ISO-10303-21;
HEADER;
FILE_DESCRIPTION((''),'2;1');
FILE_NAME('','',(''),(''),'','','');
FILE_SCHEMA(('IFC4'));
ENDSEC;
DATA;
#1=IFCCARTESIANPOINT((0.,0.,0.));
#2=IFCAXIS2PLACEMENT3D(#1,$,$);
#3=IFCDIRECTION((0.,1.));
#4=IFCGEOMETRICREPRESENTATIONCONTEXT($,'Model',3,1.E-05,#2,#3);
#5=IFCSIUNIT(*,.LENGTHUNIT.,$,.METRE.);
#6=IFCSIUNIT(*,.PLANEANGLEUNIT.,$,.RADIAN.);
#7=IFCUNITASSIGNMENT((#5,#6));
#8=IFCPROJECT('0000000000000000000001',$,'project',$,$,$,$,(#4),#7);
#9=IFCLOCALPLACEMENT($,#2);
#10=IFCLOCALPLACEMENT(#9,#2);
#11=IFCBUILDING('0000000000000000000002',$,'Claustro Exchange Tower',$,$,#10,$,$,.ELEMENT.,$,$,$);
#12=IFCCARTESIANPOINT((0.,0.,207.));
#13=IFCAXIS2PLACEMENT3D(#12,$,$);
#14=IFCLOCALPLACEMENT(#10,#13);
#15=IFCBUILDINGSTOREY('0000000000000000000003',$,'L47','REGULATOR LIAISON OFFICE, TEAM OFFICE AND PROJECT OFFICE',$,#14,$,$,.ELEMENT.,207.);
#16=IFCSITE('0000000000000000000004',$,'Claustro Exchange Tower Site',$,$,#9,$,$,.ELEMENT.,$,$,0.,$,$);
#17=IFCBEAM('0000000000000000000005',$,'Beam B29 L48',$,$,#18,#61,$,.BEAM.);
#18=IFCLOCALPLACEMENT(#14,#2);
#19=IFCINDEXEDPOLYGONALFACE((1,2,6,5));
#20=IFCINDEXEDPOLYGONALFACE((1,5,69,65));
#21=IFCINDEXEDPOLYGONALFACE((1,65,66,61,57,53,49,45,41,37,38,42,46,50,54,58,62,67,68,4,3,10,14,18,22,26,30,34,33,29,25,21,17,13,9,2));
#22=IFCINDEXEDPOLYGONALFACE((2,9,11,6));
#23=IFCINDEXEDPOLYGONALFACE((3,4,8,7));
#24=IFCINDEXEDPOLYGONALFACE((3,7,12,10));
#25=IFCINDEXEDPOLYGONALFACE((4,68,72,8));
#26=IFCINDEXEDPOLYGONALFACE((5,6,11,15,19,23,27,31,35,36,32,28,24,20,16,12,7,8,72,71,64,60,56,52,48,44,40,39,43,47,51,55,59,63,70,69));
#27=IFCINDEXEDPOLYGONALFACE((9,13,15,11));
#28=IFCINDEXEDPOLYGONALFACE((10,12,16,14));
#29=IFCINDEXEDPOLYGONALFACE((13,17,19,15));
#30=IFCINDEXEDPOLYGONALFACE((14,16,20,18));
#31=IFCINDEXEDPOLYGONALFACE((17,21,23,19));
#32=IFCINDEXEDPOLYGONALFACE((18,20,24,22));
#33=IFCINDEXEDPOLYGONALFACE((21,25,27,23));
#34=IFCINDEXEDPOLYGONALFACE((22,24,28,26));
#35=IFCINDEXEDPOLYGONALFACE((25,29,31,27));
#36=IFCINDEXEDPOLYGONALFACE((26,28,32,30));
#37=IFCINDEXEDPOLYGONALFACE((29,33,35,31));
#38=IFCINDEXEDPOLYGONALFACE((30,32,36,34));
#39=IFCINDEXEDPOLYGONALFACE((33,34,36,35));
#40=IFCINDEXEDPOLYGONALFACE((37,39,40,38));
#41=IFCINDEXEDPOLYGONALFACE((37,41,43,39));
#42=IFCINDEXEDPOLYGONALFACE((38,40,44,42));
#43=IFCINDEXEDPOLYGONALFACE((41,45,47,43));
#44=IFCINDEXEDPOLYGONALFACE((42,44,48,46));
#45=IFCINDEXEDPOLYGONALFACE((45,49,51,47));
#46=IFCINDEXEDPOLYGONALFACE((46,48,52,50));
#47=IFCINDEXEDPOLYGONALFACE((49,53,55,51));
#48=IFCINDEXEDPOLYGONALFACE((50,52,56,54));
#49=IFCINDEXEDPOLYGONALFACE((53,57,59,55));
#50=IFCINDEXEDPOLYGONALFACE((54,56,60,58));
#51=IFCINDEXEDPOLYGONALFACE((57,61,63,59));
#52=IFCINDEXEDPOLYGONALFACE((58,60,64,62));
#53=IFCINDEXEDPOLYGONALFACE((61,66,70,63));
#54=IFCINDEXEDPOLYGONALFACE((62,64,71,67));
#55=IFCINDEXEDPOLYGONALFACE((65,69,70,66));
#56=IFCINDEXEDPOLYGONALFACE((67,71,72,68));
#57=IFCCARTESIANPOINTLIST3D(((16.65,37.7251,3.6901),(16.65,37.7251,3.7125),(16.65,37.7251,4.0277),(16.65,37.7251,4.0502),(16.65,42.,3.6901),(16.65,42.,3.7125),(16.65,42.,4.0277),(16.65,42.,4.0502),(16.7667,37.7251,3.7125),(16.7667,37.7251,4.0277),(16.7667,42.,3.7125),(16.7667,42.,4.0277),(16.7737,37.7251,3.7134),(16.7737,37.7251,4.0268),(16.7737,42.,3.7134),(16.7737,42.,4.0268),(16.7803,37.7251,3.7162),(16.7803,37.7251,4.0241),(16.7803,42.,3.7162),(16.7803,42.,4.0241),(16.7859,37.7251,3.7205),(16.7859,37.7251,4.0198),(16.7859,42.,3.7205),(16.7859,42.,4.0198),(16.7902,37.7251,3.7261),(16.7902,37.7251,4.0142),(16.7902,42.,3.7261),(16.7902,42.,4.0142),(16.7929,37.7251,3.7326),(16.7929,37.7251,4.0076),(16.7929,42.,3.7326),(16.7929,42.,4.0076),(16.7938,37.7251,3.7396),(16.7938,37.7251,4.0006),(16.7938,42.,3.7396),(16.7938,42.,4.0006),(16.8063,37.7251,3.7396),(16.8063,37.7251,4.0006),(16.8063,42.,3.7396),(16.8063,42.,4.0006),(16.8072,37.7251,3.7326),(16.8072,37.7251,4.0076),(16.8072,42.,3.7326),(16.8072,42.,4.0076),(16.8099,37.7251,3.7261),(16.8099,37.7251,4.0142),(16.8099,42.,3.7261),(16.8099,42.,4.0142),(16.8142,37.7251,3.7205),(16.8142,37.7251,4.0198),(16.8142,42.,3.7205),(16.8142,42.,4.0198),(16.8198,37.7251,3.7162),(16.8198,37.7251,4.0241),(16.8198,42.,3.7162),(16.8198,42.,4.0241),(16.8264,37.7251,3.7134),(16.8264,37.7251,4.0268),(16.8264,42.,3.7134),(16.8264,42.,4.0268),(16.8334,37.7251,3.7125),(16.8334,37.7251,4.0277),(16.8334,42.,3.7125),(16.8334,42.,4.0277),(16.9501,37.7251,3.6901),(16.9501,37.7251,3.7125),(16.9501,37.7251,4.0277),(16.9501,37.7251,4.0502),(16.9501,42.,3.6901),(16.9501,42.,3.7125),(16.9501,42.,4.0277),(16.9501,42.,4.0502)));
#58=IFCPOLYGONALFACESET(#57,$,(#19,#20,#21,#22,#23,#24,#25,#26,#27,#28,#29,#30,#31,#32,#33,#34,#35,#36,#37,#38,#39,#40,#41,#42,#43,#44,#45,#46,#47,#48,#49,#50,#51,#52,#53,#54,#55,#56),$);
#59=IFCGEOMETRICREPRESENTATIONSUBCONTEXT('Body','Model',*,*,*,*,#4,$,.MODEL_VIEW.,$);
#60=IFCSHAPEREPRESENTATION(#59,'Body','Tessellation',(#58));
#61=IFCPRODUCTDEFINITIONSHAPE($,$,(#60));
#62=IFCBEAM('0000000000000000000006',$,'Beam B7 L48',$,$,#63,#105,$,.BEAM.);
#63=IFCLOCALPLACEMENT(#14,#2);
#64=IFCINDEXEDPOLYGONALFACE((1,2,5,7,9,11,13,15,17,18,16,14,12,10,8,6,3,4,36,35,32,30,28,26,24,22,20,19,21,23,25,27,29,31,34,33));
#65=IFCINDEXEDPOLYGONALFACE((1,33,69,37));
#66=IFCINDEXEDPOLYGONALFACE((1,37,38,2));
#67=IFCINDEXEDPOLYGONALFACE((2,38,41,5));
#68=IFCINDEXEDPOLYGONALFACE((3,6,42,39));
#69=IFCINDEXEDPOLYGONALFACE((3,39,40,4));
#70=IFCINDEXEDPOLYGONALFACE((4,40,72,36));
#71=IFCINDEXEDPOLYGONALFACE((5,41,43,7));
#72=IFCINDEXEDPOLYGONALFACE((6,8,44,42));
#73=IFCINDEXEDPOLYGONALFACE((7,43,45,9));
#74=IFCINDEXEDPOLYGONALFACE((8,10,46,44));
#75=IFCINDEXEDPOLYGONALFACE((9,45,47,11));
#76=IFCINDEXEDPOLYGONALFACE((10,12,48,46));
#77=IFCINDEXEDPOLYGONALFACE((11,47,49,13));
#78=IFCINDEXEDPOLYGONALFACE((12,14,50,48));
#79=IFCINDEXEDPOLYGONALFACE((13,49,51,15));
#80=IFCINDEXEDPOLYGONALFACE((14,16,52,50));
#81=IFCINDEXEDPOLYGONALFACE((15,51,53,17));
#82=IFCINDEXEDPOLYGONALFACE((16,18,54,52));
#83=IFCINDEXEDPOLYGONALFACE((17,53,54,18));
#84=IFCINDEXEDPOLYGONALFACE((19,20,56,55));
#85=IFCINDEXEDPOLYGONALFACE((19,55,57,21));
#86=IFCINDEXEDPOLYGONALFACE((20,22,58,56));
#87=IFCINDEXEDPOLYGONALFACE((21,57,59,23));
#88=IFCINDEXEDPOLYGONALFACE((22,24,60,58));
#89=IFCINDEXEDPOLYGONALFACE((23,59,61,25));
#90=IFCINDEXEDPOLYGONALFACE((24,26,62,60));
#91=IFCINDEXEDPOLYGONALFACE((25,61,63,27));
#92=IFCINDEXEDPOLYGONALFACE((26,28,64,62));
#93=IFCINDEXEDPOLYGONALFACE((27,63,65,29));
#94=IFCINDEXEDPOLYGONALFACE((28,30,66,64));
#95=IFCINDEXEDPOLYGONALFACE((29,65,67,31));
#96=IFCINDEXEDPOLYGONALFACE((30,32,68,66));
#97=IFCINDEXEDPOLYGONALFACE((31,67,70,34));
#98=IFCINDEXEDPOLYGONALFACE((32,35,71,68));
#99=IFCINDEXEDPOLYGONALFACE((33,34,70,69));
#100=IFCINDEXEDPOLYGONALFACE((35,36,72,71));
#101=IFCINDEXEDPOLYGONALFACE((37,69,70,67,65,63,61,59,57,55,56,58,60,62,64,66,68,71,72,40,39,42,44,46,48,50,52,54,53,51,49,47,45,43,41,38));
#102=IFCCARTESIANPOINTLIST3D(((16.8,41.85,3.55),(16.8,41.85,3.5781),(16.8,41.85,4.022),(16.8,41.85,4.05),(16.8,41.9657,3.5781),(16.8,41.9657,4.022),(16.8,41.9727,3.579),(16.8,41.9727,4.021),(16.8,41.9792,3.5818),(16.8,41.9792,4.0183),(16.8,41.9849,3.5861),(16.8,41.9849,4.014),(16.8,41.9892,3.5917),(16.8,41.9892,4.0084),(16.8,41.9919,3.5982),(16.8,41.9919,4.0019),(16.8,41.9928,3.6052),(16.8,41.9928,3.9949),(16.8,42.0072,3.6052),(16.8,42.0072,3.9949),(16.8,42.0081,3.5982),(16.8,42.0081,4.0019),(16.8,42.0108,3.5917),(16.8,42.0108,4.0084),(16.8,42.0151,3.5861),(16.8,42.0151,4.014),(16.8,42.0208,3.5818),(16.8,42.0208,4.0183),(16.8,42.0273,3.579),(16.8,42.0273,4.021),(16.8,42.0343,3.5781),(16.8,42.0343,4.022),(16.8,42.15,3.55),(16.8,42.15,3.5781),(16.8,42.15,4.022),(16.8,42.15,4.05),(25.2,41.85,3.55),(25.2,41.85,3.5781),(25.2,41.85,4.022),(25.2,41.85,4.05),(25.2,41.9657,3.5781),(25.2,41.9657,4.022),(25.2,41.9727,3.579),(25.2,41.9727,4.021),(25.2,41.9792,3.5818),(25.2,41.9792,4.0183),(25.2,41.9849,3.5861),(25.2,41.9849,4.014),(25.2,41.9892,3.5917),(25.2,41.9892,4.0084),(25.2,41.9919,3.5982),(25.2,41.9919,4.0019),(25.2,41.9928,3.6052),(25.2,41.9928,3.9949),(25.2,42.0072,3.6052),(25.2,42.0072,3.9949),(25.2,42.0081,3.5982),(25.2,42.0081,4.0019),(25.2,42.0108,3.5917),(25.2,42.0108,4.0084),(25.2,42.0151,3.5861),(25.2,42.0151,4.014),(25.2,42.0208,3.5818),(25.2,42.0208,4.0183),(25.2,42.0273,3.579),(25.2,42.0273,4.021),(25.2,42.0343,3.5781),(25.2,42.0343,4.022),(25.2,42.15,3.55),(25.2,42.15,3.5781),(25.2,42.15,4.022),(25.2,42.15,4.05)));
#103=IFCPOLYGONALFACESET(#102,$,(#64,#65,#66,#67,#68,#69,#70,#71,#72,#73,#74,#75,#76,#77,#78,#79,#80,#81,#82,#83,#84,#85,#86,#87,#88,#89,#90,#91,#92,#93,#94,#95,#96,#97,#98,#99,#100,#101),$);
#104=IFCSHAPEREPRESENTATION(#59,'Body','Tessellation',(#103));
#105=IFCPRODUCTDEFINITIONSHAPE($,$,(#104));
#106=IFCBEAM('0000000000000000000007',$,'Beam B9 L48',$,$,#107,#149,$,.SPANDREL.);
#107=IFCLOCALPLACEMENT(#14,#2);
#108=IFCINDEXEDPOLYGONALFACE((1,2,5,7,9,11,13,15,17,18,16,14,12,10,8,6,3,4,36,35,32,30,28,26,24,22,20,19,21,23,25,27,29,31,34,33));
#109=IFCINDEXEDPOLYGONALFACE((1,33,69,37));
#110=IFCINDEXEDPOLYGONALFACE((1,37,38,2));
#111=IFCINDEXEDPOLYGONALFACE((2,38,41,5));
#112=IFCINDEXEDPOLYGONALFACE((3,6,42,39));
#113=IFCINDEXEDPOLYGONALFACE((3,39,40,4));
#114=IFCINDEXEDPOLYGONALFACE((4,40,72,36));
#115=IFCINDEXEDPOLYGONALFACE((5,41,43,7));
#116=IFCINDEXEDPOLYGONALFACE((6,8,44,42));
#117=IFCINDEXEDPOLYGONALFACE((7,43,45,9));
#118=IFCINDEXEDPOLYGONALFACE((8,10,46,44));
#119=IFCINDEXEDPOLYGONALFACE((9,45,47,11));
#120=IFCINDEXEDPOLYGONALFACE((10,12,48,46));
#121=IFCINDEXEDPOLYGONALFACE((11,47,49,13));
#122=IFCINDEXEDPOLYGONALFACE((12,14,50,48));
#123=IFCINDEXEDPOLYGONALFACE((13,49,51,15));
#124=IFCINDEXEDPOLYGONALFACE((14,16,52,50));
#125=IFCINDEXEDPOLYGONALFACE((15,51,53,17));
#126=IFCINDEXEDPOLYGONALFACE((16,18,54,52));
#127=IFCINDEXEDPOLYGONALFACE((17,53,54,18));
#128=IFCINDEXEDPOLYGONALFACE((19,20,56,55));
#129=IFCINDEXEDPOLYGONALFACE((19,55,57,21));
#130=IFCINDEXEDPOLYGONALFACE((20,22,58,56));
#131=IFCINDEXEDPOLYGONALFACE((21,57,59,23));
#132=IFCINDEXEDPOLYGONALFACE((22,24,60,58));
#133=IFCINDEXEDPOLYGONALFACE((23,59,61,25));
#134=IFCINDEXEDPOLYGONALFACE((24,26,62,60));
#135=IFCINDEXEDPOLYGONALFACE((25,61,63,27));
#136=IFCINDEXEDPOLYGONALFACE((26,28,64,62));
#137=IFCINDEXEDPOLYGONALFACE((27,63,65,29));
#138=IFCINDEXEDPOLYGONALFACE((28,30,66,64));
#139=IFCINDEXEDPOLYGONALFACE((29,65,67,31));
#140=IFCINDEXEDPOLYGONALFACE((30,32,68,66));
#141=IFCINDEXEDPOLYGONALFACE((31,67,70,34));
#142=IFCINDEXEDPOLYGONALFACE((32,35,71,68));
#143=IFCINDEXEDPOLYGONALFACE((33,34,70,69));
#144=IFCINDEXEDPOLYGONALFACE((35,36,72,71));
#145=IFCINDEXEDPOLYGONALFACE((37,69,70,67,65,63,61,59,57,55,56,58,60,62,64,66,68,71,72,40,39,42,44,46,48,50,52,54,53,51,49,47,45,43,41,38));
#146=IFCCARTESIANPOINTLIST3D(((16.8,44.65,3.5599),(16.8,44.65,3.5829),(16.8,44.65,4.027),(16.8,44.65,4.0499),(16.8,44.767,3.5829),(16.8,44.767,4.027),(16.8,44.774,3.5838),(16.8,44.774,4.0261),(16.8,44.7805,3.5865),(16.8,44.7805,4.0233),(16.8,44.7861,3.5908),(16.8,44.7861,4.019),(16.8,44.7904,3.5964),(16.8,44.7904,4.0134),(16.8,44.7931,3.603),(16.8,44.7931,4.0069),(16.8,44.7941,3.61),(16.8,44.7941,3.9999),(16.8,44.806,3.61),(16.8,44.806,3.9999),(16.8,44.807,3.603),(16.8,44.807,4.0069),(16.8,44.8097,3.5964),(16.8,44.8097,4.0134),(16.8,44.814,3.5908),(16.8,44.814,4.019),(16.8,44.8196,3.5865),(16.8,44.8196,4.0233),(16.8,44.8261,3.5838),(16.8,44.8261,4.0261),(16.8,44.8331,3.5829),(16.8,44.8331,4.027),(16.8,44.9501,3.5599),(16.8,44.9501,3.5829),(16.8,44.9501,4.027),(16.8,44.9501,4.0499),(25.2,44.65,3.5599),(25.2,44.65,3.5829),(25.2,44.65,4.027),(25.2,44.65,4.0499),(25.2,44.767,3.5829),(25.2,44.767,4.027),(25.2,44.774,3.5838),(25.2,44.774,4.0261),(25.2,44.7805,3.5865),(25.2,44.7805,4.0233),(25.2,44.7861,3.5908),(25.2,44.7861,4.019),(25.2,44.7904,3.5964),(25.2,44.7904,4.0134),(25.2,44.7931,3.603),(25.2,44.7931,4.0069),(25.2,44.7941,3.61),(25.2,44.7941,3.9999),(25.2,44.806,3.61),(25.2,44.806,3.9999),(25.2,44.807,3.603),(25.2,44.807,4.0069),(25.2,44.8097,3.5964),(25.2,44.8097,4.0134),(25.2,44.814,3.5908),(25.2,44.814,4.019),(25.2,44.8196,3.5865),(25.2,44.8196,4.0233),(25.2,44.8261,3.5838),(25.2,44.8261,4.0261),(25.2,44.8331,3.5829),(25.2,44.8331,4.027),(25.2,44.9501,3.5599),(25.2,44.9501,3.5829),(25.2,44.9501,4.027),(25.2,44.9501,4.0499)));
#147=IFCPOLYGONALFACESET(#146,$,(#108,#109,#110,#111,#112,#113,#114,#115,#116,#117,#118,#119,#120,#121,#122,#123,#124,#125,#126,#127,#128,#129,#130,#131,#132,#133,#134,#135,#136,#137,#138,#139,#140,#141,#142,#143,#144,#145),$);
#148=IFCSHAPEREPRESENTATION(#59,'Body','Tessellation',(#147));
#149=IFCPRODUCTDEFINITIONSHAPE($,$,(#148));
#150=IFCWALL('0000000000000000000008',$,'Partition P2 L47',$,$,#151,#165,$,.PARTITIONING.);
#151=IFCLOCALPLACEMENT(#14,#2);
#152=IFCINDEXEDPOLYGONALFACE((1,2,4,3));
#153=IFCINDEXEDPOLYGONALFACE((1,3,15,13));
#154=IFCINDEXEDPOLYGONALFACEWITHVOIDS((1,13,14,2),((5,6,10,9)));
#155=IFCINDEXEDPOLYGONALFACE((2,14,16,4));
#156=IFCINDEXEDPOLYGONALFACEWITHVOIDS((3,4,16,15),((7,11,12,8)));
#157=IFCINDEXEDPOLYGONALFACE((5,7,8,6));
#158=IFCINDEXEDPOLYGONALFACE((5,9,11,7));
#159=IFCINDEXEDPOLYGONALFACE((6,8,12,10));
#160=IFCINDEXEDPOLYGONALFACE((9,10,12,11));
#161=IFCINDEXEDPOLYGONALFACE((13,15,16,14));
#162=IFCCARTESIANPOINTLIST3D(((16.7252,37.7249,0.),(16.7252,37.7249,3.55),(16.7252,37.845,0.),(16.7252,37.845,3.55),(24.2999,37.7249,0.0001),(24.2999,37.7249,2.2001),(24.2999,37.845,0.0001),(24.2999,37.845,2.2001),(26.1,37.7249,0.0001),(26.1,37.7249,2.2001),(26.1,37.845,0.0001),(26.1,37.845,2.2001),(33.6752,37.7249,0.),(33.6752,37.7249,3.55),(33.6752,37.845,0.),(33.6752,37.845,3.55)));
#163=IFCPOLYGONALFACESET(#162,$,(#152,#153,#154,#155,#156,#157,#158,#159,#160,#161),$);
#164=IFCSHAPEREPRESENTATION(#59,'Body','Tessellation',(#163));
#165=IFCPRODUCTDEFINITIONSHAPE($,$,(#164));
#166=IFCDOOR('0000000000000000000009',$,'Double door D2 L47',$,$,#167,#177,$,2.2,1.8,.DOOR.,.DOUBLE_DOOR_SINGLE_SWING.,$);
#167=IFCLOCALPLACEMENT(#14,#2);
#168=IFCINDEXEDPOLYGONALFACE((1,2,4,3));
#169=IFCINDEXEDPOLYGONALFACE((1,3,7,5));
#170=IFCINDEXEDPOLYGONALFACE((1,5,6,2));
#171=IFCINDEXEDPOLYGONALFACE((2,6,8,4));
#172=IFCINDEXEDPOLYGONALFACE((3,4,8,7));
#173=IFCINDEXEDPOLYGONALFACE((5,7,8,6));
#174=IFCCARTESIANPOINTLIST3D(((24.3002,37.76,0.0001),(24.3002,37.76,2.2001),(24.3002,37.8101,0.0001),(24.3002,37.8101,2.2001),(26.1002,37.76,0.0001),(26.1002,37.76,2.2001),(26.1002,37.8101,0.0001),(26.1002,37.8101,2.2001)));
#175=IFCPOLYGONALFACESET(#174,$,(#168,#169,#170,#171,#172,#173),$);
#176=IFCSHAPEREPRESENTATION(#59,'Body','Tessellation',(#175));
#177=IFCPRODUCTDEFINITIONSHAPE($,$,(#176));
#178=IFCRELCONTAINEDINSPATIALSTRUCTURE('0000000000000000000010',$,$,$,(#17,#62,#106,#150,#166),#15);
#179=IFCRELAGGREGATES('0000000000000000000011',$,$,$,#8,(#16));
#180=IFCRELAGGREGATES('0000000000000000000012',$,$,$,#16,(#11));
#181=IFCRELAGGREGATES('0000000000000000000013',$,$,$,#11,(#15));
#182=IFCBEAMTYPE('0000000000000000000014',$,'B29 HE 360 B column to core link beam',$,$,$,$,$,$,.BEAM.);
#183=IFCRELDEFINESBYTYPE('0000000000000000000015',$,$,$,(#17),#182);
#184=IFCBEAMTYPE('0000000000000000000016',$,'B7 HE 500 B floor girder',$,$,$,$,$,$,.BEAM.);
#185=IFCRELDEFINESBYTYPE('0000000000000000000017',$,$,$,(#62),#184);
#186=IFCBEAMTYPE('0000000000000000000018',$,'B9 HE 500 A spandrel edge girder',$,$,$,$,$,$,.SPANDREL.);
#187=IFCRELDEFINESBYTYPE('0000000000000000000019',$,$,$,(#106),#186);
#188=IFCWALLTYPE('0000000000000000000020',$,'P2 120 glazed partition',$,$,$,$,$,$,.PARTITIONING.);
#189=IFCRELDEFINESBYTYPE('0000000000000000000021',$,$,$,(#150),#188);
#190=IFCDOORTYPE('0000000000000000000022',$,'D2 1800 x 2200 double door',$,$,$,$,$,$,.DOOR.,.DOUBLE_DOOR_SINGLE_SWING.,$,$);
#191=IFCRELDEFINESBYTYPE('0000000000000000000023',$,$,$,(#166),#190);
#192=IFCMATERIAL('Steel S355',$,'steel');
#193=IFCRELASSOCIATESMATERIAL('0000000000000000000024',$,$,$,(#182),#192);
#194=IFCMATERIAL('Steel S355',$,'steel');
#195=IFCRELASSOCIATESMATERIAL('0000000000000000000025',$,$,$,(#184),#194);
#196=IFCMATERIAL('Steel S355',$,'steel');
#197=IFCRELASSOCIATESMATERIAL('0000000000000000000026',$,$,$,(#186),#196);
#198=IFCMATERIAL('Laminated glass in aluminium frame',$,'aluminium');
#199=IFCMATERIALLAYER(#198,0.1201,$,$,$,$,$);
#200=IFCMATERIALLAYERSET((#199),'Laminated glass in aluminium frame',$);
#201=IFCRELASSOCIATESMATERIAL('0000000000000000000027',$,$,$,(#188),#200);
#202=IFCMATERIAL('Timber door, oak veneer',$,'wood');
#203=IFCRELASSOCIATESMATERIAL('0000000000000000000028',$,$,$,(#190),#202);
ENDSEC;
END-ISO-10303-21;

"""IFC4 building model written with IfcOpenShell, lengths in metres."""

from ifc_helpers import new_model, si_unit, direction, frame, frame_2d, origin, origin_2d, place, context, subcontext, project, spatial, rectangle, i_section, extrude, material, layer, layer_set, material_profile, profile_set, type_object, element, fill, save


model = new_model("IFC4")

# Units and contexts
model_context = context("Model", 3, precision=1e-05, world=origin(), true_north=direction((0.0, 1.0)))
body_context = subcontext(model_context, "Body", "Model", "MODEL_VIEW")
ifc_project = project(units=[si_unit("LENGTHUNIT", "METRE"), si_unit("PLANEANGLEUNIT", "RADIAN")], contexts=[model_context])

# Site, building, storey
site_placement = place(None, origin())
site = spatial("IfcSite", under=ifc_project, at=site_placement, Name="Claustro Exchange Tower Site", CompositionType="ELEMENT", RefElevation=0.0)
building_placement = place(site_placement, origin())
building = spatial("IfcBuilding", under=site, at=building_placement, Name="Claustro Exchange Tower", CompositionType="ELEMENT")
storey_placement = place(building_placement, frame((0.0, 0.0, 207.0)))
storey = spatial("IfcBuildingStorey", under=building, at=storey_placement, Name="L47", Description="REGULATOR LIAISON OFFICE, TEAM OFFICE AND PROJECT OFFICE", CompositionType="ELEMENT", Elevation=207.0)

# Beams
ifc_material_1 = material(Name="Steel S355", Category="steel")
ifc_material_profile_1 = material_profile(ifc_material_1, i_section(OverallWidth=0.3, OverallDepth=0.3601, WebThickness=0.0125, FlangeThickness=0.0225, FilletRadius=0.0271, at=origin_2d()), Name="HE 360 B")
ifc_profile_set_1 = profile_set([ifc_material_profile_1], Name="Steel S355")
beam_type_1 = type_object("IfcBeamType", Name="B29 HE 360 B column to core link beam", PredefinedType="BEAM", material=ifc_profile_set_1)
beam_1_placement = place(storey_placement, frame((16.8, 37.7251, 3.8701), z_axis=(0.0, 1.0, 0.0), x_axis=(-1.0, 0.0, 0.0)))
element("IfcBeam", 1, at=beam_1_placement, inside=storey, type_object=beam_type_1, Name="Beam B29 L48", PredefinedType="BEAM", context=body_context, shape_type="SweptSolid", body=[
    extrude(i_section(OverallWidth=0.3, OverallDepth=0.3601, WebThickness=0.0125, FlangeThickness=0.0225, FilletRadius=0.0271, at=origin_2d()), origin(), (0.0, 0.0, 1.0), 4.2749),
])
ifc_material_2 = material(Name="Steel S355", Category="steel")
ifc_material_profile_2 = material_profile(ifc_material_2, i_section(OverallWidth=0.3, OverallDepth=0.5, WebThickness=0.0144, FlangeThickness=0.0281, FilletRadius=0.0271, at=origin_2d()), Name="HE 500 B")
ifc_profile_set_2 = profile_set([ifc_material_profile_2], Name="Steel S355")
beam_type_2 = type_object("IfcBeamType", Name="B7 HE 500 B floor girder", PredefinedType="BEAM", material=ifc_profile_set_2)
beam_2_placement = place(storey_placement, frame((16.8, 42.0, 3.8), z_axis=(1.0, 0.0, 0.0), x_axis=(0.0, 1.0, 0.0)))
element("IfcBeam", 2, at=beam_2_placement, inside=storey, type_object=beam_type_2, Name="Beam B7 L48", PredefinedType="BEAM", context=body_context, shape_type="SweptSolid", body=[
    extrude(i_section(OverallWidth=0.3, OverallDepth=0.5, WebThickness=0.0144, FlangeThickness=0.0281, FilletRadius=0.0271, at=origin_2d()), origin(), (0.0, 0.0, 1.0), 8.3999),
])
ifc_material_3 = material(Name="Steel S355", Category="steel")
ifc_material_profile_3 = material_profile(ifc_material_3, i_section(OverallWidth=0.3, OverallDepth=0.49, WebThickness=0.012, FlangeThickness=0.0229, FilletRadius=0.0271, at=origin_2d()), Name="HE 500 A")
ifc_profile_set_3 = profile_set([ifc_material_profile_3], Name="Steel S355")
beam_type_3 = type_object("IfcBeamType", Name="B9 HE 500 A spandrel edge girder", PredefinedType="SPANDREL", material=ifc_profile_set_3)
beam_3_placement = place(storey_placement, frame((16.8, 44.8, 3.8049), z_axis=(1.0, 0.0, 0.0), x_axis=(0.0, 1.0, 0.0)))
element("IfcBeam", 3, at=beam_3_placement, inside=storey, type_object=beam_type_3, Name="Beam B9 L48", PredefinedType="SPANDREL", context=body_context, shape_type="SweptSolid", body=[
    extrude(i_section(OverallWidth=0.3, OverallDepth=0.49, WebThickness=0.012, FlangeThickness=0.0229, FilletRadius=0.0271, at=origin_2d()), origin(), (0.0, 0.0, 1.0), 8.3999),
])

# Wall, opening, door
ifc_material_4 = material(Name="Laminated glass in aluminium frame", Category="aluminium")
ifc_layer_1 = layer(ifc_material_4, 0.1201)
ifc_layer_set_1 = layer_set([ifc_layer_1], Name="Laminated glass in aluminium frame")
wall_type_1 = type_object("IfcWallType", Name="P2 120 glazed partition", PredefinedType="PARTITIONING", material=ifc_layer_set_1)
wall_1_placement = place(storey_placement, frame((16.7251, 37.7849, 0.0), z_axis=(0.0, 0.0, 1.0), x_axis=(1.0, 0.0, 0.0)))
wall_1 = element("IfcWall", 4, at=wall_1_placement, inside=storey, type_object=wall_type_1, Name="Partition P2 L47", PredefinedType="PARTITIONING", context=body_context, shape_type="SweptSolid", body=[
    extrude(rectangle(XDim=16.95, YDim=0.1201, at=frame_2d((8.4751, 0.0))), origin(), (0.0, 0.0, 1.0), 3.55),
])
opening_1_placement = place(wall_1_placement, frame((7.575, 0.0, 0.0)))
opening_1 = element("IfcOpeningElement", 5, at=opening_1_placement, cuts=wall_1, PredefinedType="OPENING", context=body_context, shape_type="SweptSolid", body=[
    extrude(rectangle(XDim=1.8, YDim=2.2, at=frame_2d((0.8999, 1.1001))), frame((0.0, 0.0701, 0.0), z_axis=(0.0, -1.0, 0.0), x_axis=(1.0, 0.0, 0.0)), (0.0, 0.0, 1.0), 0.1401),
])
ifc_material_5 = material(Name="Timber door, oak veneer", Category="wood")
door_type = type_object("IfcDoorType", Name="D2 1800 x 2200 double door", OperationType="DOUBLE_DOOR_SINGLE_SWING", PredefinedType="DOOR", material=ifc_material_5)
door_placement = place(opening_1_placement, frame((1.8, 0.0, 0.0), z_axis=(0.0, 0.0, 1.0), x_axis=(-1.0, 0.0, 0.0)))
door = element("IfcDoor", 6, at=door_placement, inside=storey, type_object=door_type, Name="Double door D2 L47", OperationType="DOUBLE_DOOR_SINGLE_SWING", OverallHeight=2.2, OverallWidth=1.8, PredefinedType="DOOR", context=body_context, shape_type="SweptSolid", body=[
    extrude(rectangle(XDim=1.8, YDim=2.2, at=frame_2d((0.8999, 1.1001))), frame((0.0, 0.0249, 0.0), z_axis=(0.0, -1.0, 0.0), x_axis=(1.0, 0.0, 0.0)), (0.0, 0.0, 1.0), 0.05),
])
fill(opening_1, door)

save(model, "model.ifc")
